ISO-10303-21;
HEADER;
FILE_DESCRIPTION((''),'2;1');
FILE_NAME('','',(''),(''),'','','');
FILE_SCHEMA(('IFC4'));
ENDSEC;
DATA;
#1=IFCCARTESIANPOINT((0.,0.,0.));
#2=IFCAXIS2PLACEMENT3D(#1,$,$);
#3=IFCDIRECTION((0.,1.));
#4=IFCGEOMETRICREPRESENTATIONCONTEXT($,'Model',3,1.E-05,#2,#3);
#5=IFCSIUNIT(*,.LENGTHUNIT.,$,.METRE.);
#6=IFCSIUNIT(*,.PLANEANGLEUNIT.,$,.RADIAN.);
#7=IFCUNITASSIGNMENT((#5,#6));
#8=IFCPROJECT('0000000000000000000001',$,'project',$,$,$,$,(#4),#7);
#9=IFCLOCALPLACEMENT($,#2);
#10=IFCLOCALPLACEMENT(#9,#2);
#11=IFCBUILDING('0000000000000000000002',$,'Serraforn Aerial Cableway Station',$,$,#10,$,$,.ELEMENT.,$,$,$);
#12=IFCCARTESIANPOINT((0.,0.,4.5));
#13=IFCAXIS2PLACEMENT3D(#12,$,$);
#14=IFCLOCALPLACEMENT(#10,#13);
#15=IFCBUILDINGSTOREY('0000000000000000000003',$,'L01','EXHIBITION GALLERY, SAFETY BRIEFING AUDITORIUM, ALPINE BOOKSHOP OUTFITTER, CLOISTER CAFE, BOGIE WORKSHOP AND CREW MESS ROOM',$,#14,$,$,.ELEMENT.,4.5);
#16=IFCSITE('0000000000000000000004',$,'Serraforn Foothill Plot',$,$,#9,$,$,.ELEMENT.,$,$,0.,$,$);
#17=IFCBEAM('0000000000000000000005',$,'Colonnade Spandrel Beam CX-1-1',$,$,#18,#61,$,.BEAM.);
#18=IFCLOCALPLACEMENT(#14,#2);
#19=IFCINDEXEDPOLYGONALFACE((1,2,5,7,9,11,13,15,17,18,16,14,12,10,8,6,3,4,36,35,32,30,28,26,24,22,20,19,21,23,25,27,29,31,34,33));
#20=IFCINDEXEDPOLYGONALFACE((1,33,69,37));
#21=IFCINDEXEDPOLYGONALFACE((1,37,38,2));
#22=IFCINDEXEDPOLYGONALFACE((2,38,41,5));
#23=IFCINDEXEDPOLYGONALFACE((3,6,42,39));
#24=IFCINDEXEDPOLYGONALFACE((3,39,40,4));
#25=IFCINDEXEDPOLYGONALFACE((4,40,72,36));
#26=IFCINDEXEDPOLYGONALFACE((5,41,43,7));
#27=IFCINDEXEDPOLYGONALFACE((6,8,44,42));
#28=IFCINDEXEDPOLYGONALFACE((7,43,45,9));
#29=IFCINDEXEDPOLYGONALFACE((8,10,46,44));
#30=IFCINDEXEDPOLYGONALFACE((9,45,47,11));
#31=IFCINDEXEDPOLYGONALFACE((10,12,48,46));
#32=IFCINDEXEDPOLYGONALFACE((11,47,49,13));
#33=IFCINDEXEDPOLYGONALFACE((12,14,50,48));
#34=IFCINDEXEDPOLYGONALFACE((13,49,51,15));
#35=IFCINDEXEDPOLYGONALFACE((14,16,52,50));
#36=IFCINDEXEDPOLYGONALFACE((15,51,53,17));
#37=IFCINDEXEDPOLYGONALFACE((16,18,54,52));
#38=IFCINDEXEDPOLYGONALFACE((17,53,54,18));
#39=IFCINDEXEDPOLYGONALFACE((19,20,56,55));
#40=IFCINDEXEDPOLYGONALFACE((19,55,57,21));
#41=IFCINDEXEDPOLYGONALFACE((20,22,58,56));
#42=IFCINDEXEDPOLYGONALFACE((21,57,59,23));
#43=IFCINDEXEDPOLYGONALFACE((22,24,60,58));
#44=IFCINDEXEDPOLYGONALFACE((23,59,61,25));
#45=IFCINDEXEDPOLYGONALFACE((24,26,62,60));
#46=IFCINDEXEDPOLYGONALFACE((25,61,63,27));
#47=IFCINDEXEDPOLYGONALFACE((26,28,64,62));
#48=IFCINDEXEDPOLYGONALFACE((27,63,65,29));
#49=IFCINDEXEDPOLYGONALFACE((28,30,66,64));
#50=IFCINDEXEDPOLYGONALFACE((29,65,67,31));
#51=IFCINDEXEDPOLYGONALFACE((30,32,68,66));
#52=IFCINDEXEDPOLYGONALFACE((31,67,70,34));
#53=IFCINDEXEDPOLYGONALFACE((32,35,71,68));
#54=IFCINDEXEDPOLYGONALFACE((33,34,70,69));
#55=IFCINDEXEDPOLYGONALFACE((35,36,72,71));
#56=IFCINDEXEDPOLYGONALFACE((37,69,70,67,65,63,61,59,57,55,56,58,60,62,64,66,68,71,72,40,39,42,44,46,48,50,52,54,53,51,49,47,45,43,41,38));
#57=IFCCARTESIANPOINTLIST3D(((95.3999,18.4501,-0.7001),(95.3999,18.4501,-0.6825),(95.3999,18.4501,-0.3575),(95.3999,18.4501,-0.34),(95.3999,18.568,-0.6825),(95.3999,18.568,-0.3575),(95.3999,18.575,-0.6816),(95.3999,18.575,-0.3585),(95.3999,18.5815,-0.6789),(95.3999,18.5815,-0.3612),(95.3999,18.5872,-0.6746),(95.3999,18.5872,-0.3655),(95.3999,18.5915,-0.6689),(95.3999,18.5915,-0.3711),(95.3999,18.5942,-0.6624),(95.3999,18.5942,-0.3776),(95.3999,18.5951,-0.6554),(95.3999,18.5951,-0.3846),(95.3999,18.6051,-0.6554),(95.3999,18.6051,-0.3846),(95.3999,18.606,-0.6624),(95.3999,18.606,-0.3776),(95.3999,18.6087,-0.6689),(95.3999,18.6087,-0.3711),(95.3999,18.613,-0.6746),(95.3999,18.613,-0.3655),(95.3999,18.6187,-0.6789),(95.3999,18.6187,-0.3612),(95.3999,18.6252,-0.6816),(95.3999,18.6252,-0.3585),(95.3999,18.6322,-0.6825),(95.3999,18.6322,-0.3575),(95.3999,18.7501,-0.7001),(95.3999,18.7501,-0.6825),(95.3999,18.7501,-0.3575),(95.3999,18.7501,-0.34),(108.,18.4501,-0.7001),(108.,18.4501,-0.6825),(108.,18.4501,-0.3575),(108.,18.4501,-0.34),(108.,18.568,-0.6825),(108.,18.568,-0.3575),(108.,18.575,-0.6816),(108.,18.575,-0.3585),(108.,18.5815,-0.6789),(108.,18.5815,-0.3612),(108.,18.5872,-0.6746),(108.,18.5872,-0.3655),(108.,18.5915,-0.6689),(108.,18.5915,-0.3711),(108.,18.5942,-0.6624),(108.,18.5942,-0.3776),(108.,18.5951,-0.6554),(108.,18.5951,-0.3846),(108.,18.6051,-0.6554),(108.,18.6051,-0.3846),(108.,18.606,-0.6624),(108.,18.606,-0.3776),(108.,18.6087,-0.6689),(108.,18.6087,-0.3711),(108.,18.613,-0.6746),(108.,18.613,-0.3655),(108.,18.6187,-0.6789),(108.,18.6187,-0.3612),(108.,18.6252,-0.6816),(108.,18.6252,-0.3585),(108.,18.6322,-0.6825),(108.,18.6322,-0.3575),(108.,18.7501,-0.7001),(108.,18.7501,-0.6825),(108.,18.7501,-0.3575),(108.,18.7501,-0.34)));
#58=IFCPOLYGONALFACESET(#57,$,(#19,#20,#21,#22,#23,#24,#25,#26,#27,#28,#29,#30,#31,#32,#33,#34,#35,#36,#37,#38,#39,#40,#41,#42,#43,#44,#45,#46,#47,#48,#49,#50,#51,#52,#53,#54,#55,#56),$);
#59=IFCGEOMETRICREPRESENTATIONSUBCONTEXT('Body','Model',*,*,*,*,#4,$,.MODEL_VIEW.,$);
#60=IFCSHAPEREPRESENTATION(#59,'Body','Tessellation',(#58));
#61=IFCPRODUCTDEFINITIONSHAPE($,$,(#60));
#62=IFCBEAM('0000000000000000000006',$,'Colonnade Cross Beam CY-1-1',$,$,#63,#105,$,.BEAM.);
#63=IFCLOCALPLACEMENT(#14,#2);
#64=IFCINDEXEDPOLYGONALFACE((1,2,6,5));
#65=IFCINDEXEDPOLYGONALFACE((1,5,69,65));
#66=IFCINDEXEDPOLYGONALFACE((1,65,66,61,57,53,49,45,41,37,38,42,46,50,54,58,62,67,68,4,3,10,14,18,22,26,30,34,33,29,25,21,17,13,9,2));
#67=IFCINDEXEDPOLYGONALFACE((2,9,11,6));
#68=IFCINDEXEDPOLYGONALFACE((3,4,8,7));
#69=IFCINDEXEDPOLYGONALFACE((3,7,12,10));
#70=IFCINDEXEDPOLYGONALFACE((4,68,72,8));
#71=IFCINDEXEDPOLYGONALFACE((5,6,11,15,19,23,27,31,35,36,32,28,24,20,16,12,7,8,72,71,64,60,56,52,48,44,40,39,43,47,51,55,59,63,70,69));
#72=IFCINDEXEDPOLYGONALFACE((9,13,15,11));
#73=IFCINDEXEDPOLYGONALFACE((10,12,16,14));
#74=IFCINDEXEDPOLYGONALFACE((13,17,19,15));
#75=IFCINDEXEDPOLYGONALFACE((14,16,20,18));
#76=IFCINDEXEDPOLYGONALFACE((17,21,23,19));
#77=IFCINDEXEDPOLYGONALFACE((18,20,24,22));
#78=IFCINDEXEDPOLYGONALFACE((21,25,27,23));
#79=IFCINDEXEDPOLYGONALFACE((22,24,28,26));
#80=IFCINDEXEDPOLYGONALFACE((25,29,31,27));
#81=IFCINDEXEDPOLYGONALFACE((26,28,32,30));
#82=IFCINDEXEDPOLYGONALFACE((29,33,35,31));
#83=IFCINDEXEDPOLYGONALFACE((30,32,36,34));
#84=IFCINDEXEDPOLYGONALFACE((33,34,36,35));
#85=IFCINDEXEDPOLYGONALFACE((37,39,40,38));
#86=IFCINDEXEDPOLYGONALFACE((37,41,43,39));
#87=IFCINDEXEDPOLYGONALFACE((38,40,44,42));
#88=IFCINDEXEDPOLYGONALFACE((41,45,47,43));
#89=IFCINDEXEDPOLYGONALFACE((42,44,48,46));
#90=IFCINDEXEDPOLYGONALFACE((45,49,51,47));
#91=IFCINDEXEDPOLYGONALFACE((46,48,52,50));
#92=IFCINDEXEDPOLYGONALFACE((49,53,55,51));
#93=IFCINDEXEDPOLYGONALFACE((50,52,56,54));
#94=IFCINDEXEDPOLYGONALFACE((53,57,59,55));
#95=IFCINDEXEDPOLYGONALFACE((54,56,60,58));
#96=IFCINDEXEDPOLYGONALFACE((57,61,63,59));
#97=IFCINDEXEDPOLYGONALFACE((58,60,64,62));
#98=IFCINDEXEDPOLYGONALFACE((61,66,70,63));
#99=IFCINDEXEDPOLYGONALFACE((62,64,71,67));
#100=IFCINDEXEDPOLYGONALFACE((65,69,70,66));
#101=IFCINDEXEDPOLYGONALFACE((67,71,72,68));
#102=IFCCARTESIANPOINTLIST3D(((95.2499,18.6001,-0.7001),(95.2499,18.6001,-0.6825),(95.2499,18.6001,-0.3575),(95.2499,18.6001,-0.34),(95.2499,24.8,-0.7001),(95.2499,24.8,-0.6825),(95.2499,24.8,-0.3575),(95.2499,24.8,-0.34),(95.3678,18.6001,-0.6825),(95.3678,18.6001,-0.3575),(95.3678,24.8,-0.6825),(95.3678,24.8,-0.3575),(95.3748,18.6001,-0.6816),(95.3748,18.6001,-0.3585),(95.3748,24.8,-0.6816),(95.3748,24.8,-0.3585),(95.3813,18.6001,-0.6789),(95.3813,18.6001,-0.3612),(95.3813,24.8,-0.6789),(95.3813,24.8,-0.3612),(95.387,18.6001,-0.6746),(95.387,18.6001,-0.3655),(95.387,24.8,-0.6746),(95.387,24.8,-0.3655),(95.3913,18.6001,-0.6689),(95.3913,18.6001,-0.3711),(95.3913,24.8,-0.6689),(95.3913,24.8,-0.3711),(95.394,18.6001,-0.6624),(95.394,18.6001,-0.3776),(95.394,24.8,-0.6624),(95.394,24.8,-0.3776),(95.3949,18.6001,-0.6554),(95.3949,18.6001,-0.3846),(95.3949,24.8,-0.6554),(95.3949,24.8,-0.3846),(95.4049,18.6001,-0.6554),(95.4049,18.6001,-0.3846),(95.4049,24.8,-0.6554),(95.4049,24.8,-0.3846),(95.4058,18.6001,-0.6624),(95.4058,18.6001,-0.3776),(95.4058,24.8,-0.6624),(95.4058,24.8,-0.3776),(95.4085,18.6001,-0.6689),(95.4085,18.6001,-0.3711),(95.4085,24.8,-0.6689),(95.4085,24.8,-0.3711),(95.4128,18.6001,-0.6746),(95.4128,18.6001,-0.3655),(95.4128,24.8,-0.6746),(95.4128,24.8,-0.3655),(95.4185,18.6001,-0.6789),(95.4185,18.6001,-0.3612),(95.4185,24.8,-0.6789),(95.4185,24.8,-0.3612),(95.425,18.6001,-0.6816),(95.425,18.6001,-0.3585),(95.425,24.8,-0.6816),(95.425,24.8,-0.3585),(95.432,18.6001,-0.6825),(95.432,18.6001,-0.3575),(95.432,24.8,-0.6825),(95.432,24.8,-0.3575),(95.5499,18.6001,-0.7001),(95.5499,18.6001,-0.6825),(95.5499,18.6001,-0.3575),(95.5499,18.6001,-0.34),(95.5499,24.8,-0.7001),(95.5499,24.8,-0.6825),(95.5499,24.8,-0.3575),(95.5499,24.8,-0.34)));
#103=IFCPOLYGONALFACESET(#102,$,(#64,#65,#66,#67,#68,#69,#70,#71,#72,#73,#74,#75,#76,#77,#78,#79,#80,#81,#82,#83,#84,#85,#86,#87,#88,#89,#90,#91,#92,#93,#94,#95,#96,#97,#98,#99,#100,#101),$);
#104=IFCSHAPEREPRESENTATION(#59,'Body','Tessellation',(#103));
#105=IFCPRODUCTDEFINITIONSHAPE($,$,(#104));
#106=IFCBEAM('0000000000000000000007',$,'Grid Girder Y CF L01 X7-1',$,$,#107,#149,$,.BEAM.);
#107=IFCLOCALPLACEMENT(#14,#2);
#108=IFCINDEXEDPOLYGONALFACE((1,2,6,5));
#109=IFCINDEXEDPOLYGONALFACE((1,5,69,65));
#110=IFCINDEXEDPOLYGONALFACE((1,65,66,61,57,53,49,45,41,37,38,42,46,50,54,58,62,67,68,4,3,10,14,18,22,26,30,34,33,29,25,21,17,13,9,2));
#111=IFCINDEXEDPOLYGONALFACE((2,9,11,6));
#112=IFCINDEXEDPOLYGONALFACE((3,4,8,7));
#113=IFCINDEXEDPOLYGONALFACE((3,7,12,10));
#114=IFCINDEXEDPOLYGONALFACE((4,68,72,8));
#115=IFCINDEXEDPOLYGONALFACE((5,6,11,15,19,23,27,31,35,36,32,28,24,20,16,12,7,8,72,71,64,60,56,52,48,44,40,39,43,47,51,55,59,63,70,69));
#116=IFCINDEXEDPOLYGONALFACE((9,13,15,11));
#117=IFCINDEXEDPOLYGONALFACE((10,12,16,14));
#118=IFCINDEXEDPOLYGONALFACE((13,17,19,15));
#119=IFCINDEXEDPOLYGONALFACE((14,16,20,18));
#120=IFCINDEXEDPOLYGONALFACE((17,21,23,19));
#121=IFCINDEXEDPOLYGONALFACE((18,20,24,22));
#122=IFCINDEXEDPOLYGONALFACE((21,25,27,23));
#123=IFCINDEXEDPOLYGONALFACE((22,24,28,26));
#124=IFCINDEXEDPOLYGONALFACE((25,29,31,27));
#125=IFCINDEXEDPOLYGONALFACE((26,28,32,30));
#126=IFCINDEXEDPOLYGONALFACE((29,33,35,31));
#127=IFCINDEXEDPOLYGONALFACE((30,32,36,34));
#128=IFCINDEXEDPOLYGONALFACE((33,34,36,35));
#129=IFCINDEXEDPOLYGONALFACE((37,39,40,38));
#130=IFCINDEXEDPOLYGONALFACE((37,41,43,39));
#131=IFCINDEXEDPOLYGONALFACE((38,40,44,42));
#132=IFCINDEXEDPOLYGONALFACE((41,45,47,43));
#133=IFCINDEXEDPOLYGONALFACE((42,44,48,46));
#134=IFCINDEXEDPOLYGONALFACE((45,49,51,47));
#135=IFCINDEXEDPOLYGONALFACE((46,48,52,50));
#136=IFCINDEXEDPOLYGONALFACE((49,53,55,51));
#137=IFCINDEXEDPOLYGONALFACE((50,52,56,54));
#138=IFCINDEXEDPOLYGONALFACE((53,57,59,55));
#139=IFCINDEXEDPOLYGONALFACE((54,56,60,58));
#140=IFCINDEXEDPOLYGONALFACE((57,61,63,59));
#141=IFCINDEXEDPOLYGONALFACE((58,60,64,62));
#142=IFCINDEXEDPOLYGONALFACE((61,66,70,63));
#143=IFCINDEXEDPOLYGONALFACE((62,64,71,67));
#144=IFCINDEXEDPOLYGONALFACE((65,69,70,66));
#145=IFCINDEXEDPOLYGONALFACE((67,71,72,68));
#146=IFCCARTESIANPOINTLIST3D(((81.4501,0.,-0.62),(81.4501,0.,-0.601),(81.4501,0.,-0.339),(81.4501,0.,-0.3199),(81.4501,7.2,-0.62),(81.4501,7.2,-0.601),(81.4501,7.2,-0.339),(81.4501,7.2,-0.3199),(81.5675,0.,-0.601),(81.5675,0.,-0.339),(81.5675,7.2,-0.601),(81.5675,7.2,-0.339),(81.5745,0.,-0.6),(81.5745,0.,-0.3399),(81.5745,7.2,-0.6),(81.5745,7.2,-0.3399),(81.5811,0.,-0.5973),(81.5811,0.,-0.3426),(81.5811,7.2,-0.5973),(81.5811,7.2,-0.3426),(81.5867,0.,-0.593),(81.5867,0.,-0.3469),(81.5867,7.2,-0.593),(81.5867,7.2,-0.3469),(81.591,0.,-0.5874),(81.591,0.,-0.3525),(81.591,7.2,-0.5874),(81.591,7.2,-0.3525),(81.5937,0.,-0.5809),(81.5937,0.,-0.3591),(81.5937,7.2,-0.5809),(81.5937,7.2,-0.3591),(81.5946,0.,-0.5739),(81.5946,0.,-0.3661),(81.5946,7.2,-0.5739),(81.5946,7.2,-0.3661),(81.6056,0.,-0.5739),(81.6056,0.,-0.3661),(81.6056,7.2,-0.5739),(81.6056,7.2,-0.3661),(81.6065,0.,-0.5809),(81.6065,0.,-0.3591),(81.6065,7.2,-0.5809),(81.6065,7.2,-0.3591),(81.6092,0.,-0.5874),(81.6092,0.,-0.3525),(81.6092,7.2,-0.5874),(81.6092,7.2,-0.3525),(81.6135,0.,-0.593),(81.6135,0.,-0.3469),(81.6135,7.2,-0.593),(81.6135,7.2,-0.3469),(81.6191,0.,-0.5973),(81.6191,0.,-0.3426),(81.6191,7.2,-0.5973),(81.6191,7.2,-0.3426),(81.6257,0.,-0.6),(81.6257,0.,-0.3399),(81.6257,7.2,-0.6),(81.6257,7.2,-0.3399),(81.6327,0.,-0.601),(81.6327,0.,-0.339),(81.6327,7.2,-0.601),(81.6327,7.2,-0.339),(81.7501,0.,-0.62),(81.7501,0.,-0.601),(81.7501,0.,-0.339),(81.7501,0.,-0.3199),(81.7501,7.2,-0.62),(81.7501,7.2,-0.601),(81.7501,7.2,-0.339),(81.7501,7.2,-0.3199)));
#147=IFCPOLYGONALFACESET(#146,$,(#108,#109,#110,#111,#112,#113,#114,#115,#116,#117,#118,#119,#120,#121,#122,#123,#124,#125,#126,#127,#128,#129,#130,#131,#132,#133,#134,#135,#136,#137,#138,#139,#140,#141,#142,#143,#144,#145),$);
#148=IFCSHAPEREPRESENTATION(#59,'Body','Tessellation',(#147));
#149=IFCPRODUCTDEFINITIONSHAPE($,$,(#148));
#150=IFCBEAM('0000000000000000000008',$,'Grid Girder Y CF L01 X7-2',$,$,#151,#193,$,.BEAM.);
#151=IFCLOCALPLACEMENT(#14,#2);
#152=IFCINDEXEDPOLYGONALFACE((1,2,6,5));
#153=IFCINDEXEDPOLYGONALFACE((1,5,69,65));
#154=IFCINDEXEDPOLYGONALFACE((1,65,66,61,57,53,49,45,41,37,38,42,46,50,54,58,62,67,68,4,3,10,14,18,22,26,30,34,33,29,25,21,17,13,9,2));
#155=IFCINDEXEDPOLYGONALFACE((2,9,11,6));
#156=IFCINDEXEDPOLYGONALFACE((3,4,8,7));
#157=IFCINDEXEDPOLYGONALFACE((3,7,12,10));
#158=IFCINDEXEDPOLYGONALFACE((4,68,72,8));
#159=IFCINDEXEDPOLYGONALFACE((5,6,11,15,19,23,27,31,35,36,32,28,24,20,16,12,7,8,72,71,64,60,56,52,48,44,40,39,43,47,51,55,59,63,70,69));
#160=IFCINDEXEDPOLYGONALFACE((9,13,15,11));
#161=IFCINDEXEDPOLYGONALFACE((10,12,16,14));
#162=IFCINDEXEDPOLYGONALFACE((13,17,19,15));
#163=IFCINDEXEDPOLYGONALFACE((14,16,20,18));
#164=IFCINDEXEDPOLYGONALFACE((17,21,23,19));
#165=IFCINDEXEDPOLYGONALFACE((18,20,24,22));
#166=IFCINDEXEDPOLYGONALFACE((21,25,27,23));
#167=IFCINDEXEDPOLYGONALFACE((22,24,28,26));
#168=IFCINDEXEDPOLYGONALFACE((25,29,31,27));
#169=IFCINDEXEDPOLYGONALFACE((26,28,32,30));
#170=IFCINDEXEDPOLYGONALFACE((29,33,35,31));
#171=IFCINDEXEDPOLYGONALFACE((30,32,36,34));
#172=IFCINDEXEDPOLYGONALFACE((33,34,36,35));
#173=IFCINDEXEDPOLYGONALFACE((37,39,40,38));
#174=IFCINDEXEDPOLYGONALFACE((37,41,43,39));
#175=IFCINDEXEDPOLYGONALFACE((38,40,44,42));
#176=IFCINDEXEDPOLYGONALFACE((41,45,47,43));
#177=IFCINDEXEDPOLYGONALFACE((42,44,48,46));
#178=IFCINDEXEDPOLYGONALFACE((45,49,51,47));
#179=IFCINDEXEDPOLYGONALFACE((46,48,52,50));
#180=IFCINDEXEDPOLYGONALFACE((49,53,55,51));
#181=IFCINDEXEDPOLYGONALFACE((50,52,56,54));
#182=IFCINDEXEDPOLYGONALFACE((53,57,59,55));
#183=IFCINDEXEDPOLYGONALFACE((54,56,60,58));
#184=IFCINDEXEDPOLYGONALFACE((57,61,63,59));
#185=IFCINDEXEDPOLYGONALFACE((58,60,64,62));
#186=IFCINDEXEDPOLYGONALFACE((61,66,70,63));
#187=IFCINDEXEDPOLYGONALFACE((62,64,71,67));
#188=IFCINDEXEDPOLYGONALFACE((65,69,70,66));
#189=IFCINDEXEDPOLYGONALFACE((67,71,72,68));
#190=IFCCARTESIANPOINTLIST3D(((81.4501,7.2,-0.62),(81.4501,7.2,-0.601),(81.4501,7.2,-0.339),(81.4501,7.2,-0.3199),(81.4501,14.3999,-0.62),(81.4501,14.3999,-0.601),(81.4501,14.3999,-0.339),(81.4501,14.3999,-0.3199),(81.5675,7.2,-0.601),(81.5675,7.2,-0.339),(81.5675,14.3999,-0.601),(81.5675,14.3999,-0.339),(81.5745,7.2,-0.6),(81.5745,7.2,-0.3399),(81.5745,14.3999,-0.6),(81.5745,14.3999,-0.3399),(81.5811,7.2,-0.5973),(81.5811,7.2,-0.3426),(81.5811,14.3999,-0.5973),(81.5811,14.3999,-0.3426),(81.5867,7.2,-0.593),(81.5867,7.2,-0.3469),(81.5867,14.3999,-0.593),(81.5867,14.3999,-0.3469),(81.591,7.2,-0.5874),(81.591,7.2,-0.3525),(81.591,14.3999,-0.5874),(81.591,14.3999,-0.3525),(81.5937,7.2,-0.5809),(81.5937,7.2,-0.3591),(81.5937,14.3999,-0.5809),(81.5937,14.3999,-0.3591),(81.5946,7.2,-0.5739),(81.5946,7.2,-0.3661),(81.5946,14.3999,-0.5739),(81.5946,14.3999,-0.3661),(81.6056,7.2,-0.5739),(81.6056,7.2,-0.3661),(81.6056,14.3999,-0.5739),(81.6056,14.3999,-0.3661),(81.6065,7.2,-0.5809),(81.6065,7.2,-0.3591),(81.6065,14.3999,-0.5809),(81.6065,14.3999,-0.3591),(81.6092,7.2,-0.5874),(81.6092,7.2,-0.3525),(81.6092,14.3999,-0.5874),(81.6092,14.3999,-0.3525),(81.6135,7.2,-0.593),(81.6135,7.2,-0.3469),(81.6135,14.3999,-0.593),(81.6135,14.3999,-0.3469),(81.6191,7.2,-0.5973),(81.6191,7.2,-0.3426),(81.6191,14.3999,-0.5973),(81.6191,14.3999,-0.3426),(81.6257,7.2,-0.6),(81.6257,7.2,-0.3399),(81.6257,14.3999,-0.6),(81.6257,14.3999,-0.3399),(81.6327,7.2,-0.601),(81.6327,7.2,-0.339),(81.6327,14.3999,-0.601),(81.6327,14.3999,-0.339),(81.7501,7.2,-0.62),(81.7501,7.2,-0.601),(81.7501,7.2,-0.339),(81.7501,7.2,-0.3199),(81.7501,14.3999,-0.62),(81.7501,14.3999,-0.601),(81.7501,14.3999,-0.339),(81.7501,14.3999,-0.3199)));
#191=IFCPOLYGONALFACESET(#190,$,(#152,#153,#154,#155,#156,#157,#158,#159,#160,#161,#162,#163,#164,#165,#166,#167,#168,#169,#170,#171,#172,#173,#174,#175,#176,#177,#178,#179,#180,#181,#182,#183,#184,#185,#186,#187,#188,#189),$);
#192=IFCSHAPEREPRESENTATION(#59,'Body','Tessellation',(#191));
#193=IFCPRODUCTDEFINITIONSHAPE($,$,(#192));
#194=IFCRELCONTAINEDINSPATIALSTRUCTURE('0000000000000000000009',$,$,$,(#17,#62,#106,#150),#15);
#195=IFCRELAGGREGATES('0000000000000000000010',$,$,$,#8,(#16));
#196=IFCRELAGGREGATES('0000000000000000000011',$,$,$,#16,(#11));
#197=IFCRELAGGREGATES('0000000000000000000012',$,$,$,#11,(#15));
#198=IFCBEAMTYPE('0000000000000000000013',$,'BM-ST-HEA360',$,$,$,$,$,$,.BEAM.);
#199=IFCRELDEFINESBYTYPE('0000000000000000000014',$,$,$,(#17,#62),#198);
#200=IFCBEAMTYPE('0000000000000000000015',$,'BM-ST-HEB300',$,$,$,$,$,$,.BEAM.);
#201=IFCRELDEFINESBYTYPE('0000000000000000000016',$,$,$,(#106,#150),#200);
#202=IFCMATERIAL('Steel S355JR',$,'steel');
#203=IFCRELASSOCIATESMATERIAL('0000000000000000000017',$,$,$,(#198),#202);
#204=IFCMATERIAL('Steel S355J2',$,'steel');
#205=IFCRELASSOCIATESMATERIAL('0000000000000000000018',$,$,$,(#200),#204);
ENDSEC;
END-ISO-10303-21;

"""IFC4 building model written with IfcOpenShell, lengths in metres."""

from ifc_helpers import new_model, si_unit, direction, frame, origin, origin_2d, place, context, subcontext, project, spatial, i_section, extrude, material, material_profile, profile_set, type_object, element, save


model = new_model("IFC4")

# Units and contexts
model_context = context("Model", 3, precision=1e-05, world=origin(), true_north=direction((0.0, 1.0)))
body_context = subcontext(model_context, "Body", "Model", "MODEL_VIEW")
ifc_project = project(units=[si_unit("LENGTHUNIT", "METRE"), si_unit("PLANEANGLEUNIT", "RADIAN")], contexts=[model_context])

# Site, building, storey
site_placement = place(None, origin())
site = spatial("IfcSite", under=ifc_project, at=site_placement, Name="Serraforn Foothill Plot", CompositionType="ELEMENT", RefElevation=0.0)
building_placement = place(site_placement, origin())
building = spatial("IfcBuilding", under=site, at=building_placement, Name="Serraforn Aerial Cableway Station", CompositionType="ELEMENT")
storey_placement = place(building_placement, frame((0.0, 0.0, 4.5)))
storey = spatial("IfcBuildingStorey", under=building, at=storey_placement, Name="L01", Description="EXHIBITION GALLERY, SAFETY BRIEFING AUDITORIUM, ALPINE BOOKSHOP OUTFITTER, CLOISTER CAFE, BOGIE WORKSHOP AND CREW MESS ROOM", CompositionType="ELEMENT", Elevation=4.5)

# Beams
ifc_material_1 = material(Name="Steel S355JR", Category="steel")
ifc_material_profile_1 = material_profile(ifc_material_1, i_section(OverallWidth=0.3, OverallDepth=0.3601, WebThickness=0.01, FlangeThickness=0.0176, FilletRadius=0.0271, at=origin_2d()), Name="HEA 360")
ifc_profile_set_1 = profile_set([ifc_material_profile_1], Name="Steel S355JR")
beam_type_1 = type_object("IfcBeamType", Name="BM-ST-HEA360", PredefinedType="BEAM", material=ifc_profile_set_1)
beam_1_placement = place(storey_placement, frame((95.3999, 18.6001, -0.52), z_axis=(1.0, 0.0, 0.0), x_axis=(0.0, 1.0, 0.0)))
element("IfcBeam", 1, at=beam_1_placement, inside=storey, type_object=beam_type_1, Name="Colonnade Spandrel Beam CX-1-1", PredefinedType="BEAM", context=body_context, shape_type="SweptSolid", body=[
    extrude(i_section(OverallWidth=0.3, OverallDepth=0.3601, WebThickness=0.01, FlangeThickness=0.0176, FilletRadius=0.0271, at=origin_2d()), origin(), (0.0, 0.0, 1.0), 12.6001),
])
beam_2_placement = place(storey_placement, frame((95.3999, 18.6001, -0.52), z_axis=(0.0, 1.0, 0.0), x_axis=(-1.0, 0.0, 0.0)))
element("IfcBeam", 2, at=beam_2_placement, inside=storey, type_object=beam_type_1, Name="Colonnade Cross Beam CY-1-1", PredefinedType="BEAM", context=body_context, shape_type="SweptSolid", body=[
    extrude(i_section(OverallWidth=0.3, OverallDepth=0.3601, WebThickness=0.01, FlangeThickness=0.0176, FilletRadius=0.0271, at=origin_2d()), origin(), (0.0, 0.0, 1.0), 6.2),
])
ifc_material_2 = material(Name="Steel S355J2", Category="steel")
ifc_material_profile_2 = material_profile(ifc_material_2, i_section(OverallWidth=0.3, OverallDepth=0.3, WebThickness=0.011, FlangeThickness=0.019, FilletRadius=0.0271, at=origin_2d()), Name="HEB 300")
ifc_profile_set_2 = profile_set([ifc_material_profile_2], Name="Steel S355J2")
beam_type_2 = type_object("IfcBeamType", Name="BM-ST-HEB300", PredefinedType="BEAM", material=ifc_profile_set_2)
for number, where, z_axis, x_axis, name in (
    (3, (81.6001, 0.0, -0.47), (0.0, 1.0, 0.0), (-1.0, 0.0, 0.0), "Grid Girder Y CF L01 X7-1"),
    (4, (81.6001, 7.2, -0.47), (0.0, 1.0, 0.0), (-1.0, 0.0, 0.0), "Grid Girder Y CF L01 X7-2"),
):
    element("IfcBeam", number, at=place(storey_placement, frame(where, z_axis=z_axis, x_axis=x_axis)), inside=storey, type_object=beam_type_2, Name=name, PredefinedType="BEAM", context=body_context, shape_type="SweptSolid", body=[
        extrude(i_section(OverallWidth=0.3, OverallDepth=0.3, WebThickness=0.011, FlangeThickness=0.019, FilletRadius=0.0271, at=origin_2d()), origin(), (0.0, 0.0, 1.0), 7.2),
    ])

save(model, "model.ifc")
